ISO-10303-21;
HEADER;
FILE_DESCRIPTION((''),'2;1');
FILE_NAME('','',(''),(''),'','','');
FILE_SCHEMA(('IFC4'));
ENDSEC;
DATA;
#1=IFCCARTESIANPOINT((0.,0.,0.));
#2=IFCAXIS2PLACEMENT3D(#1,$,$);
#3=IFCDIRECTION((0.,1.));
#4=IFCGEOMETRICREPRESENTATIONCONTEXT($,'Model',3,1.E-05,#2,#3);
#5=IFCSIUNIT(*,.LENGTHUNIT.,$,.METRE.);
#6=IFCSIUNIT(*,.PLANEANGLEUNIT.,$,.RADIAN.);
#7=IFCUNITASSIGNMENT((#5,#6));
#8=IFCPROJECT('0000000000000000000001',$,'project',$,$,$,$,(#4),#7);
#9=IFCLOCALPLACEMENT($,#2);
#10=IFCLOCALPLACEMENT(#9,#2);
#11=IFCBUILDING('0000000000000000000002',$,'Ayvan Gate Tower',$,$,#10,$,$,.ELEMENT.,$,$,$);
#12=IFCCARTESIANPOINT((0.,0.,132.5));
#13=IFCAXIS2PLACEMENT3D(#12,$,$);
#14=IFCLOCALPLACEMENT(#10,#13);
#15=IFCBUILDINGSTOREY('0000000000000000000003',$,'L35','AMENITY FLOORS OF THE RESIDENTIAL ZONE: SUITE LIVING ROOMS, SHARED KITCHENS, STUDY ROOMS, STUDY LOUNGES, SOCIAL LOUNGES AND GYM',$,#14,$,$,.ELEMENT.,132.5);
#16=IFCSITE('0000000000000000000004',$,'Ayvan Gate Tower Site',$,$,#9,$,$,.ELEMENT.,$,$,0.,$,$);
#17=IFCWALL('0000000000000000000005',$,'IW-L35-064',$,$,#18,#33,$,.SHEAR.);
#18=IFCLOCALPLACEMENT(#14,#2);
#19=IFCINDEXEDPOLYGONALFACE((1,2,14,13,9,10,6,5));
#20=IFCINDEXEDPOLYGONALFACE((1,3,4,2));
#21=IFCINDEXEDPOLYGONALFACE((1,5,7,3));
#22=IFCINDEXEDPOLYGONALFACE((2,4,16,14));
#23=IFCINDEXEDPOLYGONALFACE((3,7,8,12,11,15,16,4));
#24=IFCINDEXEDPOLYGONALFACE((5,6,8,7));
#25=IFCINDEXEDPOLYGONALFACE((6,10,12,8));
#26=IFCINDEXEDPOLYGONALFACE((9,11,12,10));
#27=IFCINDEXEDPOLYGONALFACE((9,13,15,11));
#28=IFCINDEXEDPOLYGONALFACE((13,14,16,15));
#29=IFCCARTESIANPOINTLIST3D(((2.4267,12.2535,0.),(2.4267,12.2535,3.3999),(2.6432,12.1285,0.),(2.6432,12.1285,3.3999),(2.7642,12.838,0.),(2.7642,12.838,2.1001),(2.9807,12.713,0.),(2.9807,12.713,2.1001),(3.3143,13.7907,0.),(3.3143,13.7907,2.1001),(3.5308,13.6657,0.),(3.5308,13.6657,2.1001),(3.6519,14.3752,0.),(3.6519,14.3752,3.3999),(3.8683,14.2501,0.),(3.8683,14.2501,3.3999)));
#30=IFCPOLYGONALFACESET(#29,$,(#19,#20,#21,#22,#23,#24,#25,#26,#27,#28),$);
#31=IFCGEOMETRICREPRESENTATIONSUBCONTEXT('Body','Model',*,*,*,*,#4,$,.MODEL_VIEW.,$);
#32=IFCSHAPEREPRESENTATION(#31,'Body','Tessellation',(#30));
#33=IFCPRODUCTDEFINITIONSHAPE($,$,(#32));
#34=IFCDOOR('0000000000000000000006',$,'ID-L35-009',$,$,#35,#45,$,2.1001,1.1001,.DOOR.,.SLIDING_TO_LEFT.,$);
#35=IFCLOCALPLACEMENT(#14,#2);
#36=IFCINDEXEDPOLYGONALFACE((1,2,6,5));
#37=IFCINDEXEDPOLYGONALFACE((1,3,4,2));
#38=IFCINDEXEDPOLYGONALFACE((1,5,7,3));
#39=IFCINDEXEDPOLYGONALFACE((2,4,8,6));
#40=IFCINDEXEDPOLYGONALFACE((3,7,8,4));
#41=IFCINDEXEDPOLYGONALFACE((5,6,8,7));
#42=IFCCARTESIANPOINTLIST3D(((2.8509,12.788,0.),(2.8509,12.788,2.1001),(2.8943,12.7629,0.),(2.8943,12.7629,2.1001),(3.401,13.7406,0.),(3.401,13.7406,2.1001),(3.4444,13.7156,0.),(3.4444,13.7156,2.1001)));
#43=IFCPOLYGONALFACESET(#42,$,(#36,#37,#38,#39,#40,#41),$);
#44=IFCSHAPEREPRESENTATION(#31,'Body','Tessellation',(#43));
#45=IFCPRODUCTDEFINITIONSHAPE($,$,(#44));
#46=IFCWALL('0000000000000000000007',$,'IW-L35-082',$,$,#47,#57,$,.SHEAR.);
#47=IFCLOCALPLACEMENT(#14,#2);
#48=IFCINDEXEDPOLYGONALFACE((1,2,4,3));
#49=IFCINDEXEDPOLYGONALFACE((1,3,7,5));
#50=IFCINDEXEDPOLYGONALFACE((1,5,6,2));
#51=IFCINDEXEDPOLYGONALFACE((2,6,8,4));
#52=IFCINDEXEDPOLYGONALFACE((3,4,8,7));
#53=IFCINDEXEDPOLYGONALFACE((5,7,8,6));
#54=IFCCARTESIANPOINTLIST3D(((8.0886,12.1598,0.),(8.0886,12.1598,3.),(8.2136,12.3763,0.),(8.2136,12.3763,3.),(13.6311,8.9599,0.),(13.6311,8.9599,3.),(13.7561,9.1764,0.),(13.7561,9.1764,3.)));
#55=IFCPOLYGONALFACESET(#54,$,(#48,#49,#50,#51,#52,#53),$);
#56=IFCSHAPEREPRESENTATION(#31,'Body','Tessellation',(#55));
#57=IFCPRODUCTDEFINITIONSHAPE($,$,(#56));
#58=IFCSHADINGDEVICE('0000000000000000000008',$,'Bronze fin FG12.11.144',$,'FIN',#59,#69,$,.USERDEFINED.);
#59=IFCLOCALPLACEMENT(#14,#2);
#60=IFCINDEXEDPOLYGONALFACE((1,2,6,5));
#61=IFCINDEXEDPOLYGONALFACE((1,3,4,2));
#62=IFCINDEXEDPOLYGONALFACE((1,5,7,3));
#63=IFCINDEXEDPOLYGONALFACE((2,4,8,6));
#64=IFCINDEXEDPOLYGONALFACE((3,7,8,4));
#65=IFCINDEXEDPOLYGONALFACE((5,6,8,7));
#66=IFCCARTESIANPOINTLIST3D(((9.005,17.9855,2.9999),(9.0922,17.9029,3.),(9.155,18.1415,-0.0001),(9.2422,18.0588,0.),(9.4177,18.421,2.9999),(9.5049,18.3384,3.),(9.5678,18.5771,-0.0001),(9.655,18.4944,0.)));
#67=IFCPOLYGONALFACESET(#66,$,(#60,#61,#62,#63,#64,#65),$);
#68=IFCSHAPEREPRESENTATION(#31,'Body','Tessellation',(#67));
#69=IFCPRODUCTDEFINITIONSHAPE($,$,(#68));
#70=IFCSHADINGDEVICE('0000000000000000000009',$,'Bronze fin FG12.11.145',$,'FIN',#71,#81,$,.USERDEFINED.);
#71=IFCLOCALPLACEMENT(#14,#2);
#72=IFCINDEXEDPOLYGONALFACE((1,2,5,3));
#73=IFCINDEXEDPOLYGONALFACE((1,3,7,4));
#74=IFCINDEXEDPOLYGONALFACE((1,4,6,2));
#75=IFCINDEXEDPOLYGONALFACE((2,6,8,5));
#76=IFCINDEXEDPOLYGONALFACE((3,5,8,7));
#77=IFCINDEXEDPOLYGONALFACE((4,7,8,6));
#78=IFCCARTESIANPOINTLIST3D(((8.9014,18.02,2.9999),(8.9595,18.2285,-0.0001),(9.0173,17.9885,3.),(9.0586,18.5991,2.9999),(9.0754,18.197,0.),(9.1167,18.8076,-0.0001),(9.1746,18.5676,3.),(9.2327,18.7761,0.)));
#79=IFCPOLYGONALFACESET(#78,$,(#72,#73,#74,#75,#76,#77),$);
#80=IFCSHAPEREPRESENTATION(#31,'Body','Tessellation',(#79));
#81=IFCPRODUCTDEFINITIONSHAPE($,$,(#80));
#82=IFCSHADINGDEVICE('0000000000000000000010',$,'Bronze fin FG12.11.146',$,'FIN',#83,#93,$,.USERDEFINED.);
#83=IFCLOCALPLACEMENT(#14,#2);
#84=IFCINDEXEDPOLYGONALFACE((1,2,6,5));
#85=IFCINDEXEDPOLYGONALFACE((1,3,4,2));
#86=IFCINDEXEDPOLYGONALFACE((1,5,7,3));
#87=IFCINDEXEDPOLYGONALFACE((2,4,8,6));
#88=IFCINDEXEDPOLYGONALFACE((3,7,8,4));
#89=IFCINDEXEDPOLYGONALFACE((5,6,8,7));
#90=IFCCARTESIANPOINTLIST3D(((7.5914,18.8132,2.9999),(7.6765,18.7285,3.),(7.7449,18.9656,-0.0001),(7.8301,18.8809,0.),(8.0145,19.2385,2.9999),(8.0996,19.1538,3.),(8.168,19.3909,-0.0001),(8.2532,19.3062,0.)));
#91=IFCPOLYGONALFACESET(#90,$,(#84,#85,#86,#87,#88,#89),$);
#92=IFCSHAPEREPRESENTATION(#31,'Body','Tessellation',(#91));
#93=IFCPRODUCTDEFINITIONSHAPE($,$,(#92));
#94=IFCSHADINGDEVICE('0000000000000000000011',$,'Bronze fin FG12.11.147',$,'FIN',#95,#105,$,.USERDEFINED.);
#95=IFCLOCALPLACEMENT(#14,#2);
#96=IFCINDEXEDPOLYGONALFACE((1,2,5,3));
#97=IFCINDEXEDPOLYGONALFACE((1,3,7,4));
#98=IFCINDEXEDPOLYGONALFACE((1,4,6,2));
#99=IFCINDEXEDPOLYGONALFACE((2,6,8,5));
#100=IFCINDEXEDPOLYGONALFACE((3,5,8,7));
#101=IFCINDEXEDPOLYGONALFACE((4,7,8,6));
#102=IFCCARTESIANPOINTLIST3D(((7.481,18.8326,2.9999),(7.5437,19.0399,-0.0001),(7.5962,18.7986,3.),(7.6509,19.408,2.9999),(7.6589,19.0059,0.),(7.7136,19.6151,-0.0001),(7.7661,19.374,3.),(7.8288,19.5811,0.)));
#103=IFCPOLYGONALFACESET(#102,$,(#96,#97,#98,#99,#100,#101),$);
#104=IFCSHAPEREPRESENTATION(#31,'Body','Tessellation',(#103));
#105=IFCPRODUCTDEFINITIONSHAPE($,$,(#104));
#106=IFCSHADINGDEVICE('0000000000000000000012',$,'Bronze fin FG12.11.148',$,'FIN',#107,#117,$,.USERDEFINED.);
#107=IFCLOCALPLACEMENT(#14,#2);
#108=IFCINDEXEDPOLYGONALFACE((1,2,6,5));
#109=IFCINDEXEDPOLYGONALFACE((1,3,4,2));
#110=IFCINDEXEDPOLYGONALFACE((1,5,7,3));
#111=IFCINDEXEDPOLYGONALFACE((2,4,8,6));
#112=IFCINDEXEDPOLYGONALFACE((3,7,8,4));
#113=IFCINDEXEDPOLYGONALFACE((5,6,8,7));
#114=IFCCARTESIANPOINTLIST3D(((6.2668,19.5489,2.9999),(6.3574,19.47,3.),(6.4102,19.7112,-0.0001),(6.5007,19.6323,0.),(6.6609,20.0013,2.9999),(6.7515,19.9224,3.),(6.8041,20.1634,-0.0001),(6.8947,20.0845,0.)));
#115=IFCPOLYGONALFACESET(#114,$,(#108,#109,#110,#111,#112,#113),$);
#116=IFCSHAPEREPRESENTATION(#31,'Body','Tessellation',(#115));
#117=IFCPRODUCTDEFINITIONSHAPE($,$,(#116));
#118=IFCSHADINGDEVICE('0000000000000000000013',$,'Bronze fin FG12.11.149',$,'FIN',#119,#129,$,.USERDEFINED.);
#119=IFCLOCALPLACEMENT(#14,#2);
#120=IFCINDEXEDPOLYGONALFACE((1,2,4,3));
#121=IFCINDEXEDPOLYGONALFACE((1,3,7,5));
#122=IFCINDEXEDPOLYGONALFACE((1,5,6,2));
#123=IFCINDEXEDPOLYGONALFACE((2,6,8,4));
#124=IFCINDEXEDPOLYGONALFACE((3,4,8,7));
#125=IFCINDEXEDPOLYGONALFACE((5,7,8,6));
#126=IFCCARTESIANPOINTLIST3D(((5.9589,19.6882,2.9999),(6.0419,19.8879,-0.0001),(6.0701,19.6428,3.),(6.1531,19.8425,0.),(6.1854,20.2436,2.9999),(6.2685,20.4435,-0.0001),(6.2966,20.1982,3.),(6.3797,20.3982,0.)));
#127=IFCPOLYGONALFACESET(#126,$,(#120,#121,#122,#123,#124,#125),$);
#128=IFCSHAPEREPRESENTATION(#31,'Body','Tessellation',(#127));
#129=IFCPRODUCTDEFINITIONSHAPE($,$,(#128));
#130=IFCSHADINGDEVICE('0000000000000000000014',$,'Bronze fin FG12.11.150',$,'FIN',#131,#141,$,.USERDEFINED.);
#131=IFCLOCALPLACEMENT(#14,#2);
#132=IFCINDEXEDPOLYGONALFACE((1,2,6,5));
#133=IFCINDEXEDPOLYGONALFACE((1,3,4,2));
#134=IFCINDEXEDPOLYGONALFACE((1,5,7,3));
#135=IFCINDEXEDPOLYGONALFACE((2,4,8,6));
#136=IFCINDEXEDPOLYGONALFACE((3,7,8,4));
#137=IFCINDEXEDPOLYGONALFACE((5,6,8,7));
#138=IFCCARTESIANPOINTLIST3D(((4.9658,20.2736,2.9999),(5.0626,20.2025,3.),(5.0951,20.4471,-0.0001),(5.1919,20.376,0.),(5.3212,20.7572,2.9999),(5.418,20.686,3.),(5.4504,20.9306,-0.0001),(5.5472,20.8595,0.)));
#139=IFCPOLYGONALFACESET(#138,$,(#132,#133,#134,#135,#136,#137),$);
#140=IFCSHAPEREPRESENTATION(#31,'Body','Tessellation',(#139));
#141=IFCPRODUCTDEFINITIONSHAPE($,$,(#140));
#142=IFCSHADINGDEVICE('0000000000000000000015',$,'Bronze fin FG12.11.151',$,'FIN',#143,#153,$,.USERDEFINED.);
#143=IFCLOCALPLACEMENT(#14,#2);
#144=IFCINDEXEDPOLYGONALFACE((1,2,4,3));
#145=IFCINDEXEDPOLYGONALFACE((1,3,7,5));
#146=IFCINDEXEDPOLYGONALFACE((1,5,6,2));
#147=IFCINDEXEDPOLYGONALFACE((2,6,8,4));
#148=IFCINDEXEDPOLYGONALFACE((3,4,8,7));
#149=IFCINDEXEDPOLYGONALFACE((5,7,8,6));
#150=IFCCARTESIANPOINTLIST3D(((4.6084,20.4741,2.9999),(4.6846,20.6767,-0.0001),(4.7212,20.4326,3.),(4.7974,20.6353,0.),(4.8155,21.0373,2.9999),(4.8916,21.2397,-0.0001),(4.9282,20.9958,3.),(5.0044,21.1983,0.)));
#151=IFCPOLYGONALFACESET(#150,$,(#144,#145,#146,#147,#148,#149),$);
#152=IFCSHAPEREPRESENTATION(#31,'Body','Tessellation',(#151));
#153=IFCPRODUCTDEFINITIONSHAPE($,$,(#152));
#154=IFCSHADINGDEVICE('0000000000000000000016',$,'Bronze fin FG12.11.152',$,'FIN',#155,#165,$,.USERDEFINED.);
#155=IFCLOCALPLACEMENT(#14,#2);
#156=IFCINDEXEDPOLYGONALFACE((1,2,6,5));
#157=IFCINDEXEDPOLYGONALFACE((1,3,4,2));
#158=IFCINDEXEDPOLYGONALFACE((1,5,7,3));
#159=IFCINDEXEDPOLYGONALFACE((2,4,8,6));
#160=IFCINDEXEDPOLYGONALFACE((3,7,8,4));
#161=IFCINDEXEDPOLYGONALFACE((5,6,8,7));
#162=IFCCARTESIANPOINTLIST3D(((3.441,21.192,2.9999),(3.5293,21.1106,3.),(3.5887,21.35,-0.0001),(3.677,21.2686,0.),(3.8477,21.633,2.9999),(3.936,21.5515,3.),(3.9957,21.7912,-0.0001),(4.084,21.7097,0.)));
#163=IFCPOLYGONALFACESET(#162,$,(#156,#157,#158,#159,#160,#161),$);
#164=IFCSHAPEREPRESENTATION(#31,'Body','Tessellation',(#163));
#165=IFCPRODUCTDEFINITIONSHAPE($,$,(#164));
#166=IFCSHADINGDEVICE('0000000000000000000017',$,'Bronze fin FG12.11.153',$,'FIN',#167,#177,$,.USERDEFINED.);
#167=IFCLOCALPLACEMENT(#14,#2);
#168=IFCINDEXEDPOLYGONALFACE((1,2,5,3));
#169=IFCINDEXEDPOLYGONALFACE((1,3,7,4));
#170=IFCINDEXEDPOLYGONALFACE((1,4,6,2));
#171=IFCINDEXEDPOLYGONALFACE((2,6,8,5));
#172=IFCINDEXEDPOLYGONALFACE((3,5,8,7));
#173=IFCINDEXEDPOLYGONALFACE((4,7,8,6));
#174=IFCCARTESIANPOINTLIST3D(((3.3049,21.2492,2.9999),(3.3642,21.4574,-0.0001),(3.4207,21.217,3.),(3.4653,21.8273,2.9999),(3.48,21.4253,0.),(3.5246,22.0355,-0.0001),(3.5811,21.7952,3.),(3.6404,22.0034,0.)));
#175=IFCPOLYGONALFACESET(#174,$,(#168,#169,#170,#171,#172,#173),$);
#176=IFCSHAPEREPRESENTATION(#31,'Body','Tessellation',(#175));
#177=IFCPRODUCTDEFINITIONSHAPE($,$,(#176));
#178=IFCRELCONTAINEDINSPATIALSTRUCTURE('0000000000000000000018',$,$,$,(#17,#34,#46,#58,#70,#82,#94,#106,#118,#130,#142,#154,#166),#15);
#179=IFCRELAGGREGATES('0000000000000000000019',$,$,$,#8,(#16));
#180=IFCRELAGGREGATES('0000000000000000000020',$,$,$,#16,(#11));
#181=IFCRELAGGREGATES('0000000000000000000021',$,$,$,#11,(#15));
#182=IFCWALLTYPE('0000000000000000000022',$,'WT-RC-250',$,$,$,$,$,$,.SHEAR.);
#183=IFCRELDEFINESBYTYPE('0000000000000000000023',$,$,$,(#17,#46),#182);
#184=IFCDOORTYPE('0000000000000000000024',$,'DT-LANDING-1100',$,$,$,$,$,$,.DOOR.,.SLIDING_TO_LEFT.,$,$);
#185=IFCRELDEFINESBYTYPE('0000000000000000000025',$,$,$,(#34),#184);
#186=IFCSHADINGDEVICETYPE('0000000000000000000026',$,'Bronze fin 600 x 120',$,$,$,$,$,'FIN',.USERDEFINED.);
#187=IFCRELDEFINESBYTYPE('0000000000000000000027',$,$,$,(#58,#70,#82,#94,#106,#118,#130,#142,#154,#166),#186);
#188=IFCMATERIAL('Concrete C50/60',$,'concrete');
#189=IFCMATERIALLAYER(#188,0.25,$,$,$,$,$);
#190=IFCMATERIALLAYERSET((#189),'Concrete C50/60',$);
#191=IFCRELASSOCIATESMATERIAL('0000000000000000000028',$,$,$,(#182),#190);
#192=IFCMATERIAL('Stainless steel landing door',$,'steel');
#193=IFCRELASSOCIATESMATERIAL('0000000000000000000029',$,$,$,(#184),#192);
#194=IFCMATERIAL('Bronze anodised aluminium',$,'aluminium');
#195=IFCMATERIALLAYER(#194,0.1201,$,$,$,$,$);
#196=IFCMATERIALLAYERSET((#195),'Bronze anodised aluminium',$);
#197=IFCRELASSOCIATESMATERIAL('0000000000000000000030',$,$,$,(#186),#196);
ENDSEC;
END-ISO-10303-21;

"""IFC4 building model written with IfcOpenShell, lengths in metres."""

from ifc_helpers import new_model, si_unit, direction, frame, frame_2d, origin, place, context, subcontext, project, spatial, polyline, rectangle, outline, extrude, material, layer, layer_set, type_object, element, fill, save


model = new_model("IFC4")

# Units and contexts
model_context = context("Model", 3, precision=1e-05, world=origin(), true_north=direction((0.0, 1.0)))
body_context = subcontext(model_context, "Body", "Model", "MODEL_VIEW")
ifc_project = project(units=[si_unit("LENGTHUNIT", "METRE"), si_unit("PLANEANGLEUNIT", "RADIAN")], contexts=[model_context])

# Site, building, storey
site_placement = place(None, origin())
site = spatial("IfcSite", under=ifc_project, at=site_placement, Name="Ayvan Gate Tower Site", CompositionType="ELEMENT", RefElevation=0.0)
building_placement = place(site_placement, origin())
building = spatial("IfcBuilding", under=site, at=building_placement, Name="Ayvan Gate Tower", CompositionType="ELEMENT")
storey_placement = place(building_placement, frame((0.0, 0.0, 132.5)))
storey = spatial("IfcBuildingStorey", under=building, at=storey_placement, Name="L35", Description="AMENITY FLOORS OF THE RESIDENTIAL ZONE: SUITE LIVING ROOMS, SHARED KITCHENS, STUDY ROOMS, STUDY LOUNGES, SOCIAL LOUNGES AND GYM", CompositionType="ELEMENT", Elevation=132.5)

# Shared definitions
ifc_material_1 = material(Name="Bronze anodised aluminium", Category="aluminium")

# Shared definitions
ifc_material_2 = material(Name="Concrete C50/60", Category="concrete")
ifc_layer_1 = layer(ifc_material_2, 0.25)
ifc_layer_set_1 = layer_set([ifc_layer_1], Name="Concrete C50/60")
wall_type_1 = type_object("IfcWallType", Name="WT-RC-250", PredefinedType="SHEAR", material=ifc_layer_set_1)

# Wall, opening, door
wall_1_placement = place(storey_placement, frame((2.5349, 12.1909, 0.0), z_axis=(0.0, 0.0, 1.0), x_axis=(0.500062, 0.86599, 0.0)))
wall_1 = element("IfcWall", 1, at=wall_1_placement, inside=storey, type_object=wall_type_1, Name="IW-L35-064", PredefinedType="SHEAR", context=body_context, shape_type="SweptSolid", body=[
    extrude(rectangle(XDim=2.45, YDim=0.25, at=frame_2d((1.2251, 0.0))), origin(), (0.0, 0.0, 1.0), 3.3999),
])
opening_placement = place(wall_1_placement, frame((0.675, 0.0, 0.0)))
opening = element("IfcOpeningElement", 2, at=opening_placement, cuts=wall_1, PredefinedType="OPENING", context=body_context, shape_type="SweptSolid", body=[
    extrude(rectangle(XDim=1.1001, YDim=2.1001, at=frame_2d((0.55, 1.05))), frame((0.0, 0.135, 0.0), z_axis=(0.0, -1.0, 0.0), x_axis=(1.0, 0.0, 0.0)), (0.0, 0.0, 1.0), 0.27),
])
ifc_material_3 = material(Name="Stainless steel landing door", Category="steel")
door_type = type_object("IfcDoorType", Name="DT-LANDING-1100", OperationType="SLIDING_TO_LEFT", PredefinedType="DOOR", material=ifc_material_3)
door_placement = place(opening_placement, origin())
door = element("IfcDoor", 3, at=door_placement, inside=storey, type_object=door_type, Name="ID-L35-009", OperationType="SLIDING_TO_LEFT", OverallHeight=2.1001, OverallWidth=1.1001, PredefinedType="DOOR", context=body_context, shape_type="SweptSolid", body=[
    extrude(rectangle(XDim=1.1001, YDim=2.1001, at=frame_2d((0.55, 1.05))), frame((0.0, 0.0249, 0.0), z_axis=(0.0, -1.0, 0.0), x_axis=(1.0, 0.0, 0.0)), (0.0, 0.0, 1.0), 0.05),
])
fill(opening, door)

# Wall
wall_2_placement = place(storey_placement, frame((8.1511, 12.2681, 0.0), z_axis=(0.0, 0.0, 1.0), x_axis=(0.866025, -0.5, 0.0)))
element("IfcWall", 4, at=wall_2_placement, inside=storey, type_object=wall_type_1, Name="IW-L35-082", PredefinedType="SHEAR", context=body_context, shape_type="SweptSolid", body=[
    extrude(rectangle(XDim=6.3999, YDim=0.25, at=frame_2d((3.2, 0.0))), origin(), (0.0, 0.0, 1.0), 3.0),
])

# Shading devices
ifc_layer_2 = layer(ifc_material_1, 0.1201)
ifc_layer_set_2 = layer_set([ifc_layer_2], Name="Bronze anodised aluminium")
shading_device_type = type_object("IfcShadingDeviceType", Name="Bronze fin 600 x 120", ElementType="FIN", PredefinedType="USERDEFINED", material=ifc_layer_set_2)
shading_device_1_placement = place(storey_placement, frame((9.2422, 18.0588, 0.0), z_axis=(0.725872, -0.687829, 0.000531), x_axis=(0.687829, 0.725872, 0.0)))
element("IfcShadingDevice", 5, at=shading_device_1_placement, inside=storey, type_object=shading_device_type, Name="Bronze fin FG12.11.144", ObjectType="FIN", PredefinedType="USERDEFINED", context=body_context, shape_type="SweptSolid", body=[
    extrude(outline(polyline([(0.0, 0.0), (0.6001, 0.0), (0.3836, 3.0), (-0.2163, 3.0), (0.0, 0.0)])), origin(), (0.0, 0.0, -1.0), 0.1201),
])
shading_device_2_placement = place(storey_placement, frame((9.0754, 18.197, 0.0), z_axis=(0.965064, -0.262016, 0.000482), x_axis=(0.262016, 0.965064, 0.0)))
element("IfcShadingDevice", 6, at=shading_device_2_placement, inside=storey, type_object=shading_device_type, Name="Bronze fin FG12.11.145", ObjectType="FIN", PredefinedType="USERDEFINED", context=body_context, shape_type="SweptSolid", body=[
    extrude(outline(polyline([(0.0, 0.0), (0.6001, 0.0), (0.3836, 3.0), (-0.2164, 3.0), (0.0, 0.0)])), origin(), (0.0, 0.0, -1.0), 0.1201),
])
shading_device_3_placement = place(storey_placement, frame((7.8301, 18.8809, 0.0), z_axis=(0.708936, -0.705273, 0.000474), x_axis=(0.705273, 0.708936, 0.0)))
element("IfcShadingDevice", 7, at=shading_device_3_placement, inside=storey, type_object=shading_device_type, Name="Bronze fin FG12.11.146", ObjectType="FIN", PredefinedType="USERDEFINED", context=body_context, shape_type="SweptSolid", body=[
    extrude(outline(polyline([(0.0, 0.0), (0.5999, 0.0), (0.3836, 3.0), (-0.2163, 3.0), (0.0, 0.0)])), origin(), (0.0, 0.0, -1.0), 0.1201),
])
shading_device_4_placement = place(storey_placement, frame((7.6589, 19.0059, 0.0), z_axis=(0.959044, -0.283257, 0.000499), x_axis=(0.283257, 0.959044, 0.0)))
element("IfcShadingDevice", 8, at=shading_device_4_placement, inside=storey, type_object=shading_device_type, Name="Bronze fin FG12.11.147", ObjectType="FIN", PredefinedType="USERDEFINED", context=body_context, shape_type="SweptSolid", body=[
    extrude(outline(polyline([(0.0, 0.0), (0.5998, 0.0), (0.3834, 3.0), (-0.2166, 3.0), (0.0, 0.0)])), origin(), (0.0, 0.0, -1.0), 0.1201),
])
shading_device_5_placement = place(storey_placement, frame((6.5007, 19.6323, 0.0), z_axis=(0.753974, -0.656904, 0.000494), x_axis=(0.656904, 0.753974, 0.0)))
element("IfcShadingDevice", 9, at=shading_device_5_placement, inside=storey, type_object=shading_device_type, Name="Bronze fin FG12.11.148", ObjectType="FIN", PredefinedType="USERDEFINED", context=body_context, shape_type="SweptSolid", body=[
    extrude(outline(polyline([(0.0, 0.0), (0.5998, 0.0), (0.3834, 3.0), (-0.2166, 3.0), (0.0, 0.0)])), origin(), (0.0, 0.0, -1.0), 0.1201),
])
shading_device_6_placement = place(storey_placement, frame((6.1531, 19.8425, 0.0), z_axis=(0.925958, -0.377626, 0.000467), x_axis=(0.377626, 0.925958, 0.0)))
element("IfcShadingDevice", 10, at=shading_device_6_placement, inside=storey, type_object=shading_device_type, Name="Bronze fin FG12.11.149", ObjectType="FIN", PredefinedType="USERDEFINED", context=body_context, shape_type="SweptSolid", body=[
    extrude(outline(polyline([(0.0, 0.0), (0.6001, 0.0), (0.3836, 3.0), (-0.2163, 3.0), (0.0, 0.0)])), origin(), (0.0, 0.0, -1.0), 0.1201),
])
shading_device_7_placement = place(storey_placement, frame((5.1919, 20.376, 0.0), z_axis=(0.805797, -0.592192, 0.000481), x_axis=(0.592192, 0.805797, 0.0)))
element("IfcShadingDevice", 11, at=shading_device_7_placement, inside=storey, type_object=shading_device_type, Name="Bronze fin FG12.11.150", ObjectType="FIN", PredefinedType="USERDEFINED", context=body_context, shape_type="SweptSolid", body=[
    extrude(outline(polyline([(0.0, 0.0), (0.6, 0.0), (0.3837, 3.0), (-0.2164, 3.0), (0.0, 0.0)])), origin(), (0.0, 0.0, -1.0), 0.1201),
])
shading_device_8_placement = place(storey_placement, frame((4.7974, 20.6353, 0.0), z_axis=(0.938576, -0.345074, 0.000537), x_axis=(0.345074, 0.938576, 0.0)))
element("IfcShadingDevice", 12, at=shading_device_8_placement, inside=storey, type_object=shading_device_type, Name="Bronze fin FG12.11.151", ObjectType="FIN", PredefinedType="USERDEFINED", context=body_context, shape_type="SweptSolid", body=[
    extrude(outline(polyline([(0.0, 0.0), (0.5998, 0.0), (0.3836, 3.0), (-0.2165, 3.0), (0.0, 0.0)])), origin(), (0.0, 0.0, -1.0), 0.1201),
])
shading_device_9_placement = place(storey_placement, frame((3.677, 21.2686, 0.0), z_axis=(0.735014, -0.678052, 0.000489), x_axis=(0.678052, 0.735014, 0.0)))
element("IfcShadingDevice", 13, at=shading_device_9_placement, inside=storey, type_object=shading_device_type, Name="Bronze fin FG12.11.152", ObjectType="FIN", PredefinedType="USERDEFINED", context=body_context, shape_type="SweptSolid", body=[
    extrude(outline(polyline([(0.0, 0.0), (0.6002, 0.0), (0.3836, 3.0), (-0.2163, 3.0), (0.0, 0.0)])), origin(), (0.0, 0.0, -1.0), 0.1201),
])
shading_device_10_placement = place(storey_placement, frame((3.48, 21.4253, 0.0), z_axis=(0.963599, -0.26735, 0.000497), x_axis=(0.26735, 0.963599, 0.0)))
element("IfcShadingDevice", 14, at=shading_device_10_placement, inside=storey, type_object=shading_device_type, Name="Bronze fin FG12.11.153", ObjectType="FIN", PredefinedType="USERDEFINED", context=body_context, shape_type="SweptSolid", body=[
    extrude(outline(polyline([(0.0, 0.0), (0.6, 0.0), (0.3834, 3.0), (-0.2165, 3.0), (0.0, 0.0)])), origin(), (0.0, 0.0, -1.0), 0.1201),
])

save(model, "model.ifc")
